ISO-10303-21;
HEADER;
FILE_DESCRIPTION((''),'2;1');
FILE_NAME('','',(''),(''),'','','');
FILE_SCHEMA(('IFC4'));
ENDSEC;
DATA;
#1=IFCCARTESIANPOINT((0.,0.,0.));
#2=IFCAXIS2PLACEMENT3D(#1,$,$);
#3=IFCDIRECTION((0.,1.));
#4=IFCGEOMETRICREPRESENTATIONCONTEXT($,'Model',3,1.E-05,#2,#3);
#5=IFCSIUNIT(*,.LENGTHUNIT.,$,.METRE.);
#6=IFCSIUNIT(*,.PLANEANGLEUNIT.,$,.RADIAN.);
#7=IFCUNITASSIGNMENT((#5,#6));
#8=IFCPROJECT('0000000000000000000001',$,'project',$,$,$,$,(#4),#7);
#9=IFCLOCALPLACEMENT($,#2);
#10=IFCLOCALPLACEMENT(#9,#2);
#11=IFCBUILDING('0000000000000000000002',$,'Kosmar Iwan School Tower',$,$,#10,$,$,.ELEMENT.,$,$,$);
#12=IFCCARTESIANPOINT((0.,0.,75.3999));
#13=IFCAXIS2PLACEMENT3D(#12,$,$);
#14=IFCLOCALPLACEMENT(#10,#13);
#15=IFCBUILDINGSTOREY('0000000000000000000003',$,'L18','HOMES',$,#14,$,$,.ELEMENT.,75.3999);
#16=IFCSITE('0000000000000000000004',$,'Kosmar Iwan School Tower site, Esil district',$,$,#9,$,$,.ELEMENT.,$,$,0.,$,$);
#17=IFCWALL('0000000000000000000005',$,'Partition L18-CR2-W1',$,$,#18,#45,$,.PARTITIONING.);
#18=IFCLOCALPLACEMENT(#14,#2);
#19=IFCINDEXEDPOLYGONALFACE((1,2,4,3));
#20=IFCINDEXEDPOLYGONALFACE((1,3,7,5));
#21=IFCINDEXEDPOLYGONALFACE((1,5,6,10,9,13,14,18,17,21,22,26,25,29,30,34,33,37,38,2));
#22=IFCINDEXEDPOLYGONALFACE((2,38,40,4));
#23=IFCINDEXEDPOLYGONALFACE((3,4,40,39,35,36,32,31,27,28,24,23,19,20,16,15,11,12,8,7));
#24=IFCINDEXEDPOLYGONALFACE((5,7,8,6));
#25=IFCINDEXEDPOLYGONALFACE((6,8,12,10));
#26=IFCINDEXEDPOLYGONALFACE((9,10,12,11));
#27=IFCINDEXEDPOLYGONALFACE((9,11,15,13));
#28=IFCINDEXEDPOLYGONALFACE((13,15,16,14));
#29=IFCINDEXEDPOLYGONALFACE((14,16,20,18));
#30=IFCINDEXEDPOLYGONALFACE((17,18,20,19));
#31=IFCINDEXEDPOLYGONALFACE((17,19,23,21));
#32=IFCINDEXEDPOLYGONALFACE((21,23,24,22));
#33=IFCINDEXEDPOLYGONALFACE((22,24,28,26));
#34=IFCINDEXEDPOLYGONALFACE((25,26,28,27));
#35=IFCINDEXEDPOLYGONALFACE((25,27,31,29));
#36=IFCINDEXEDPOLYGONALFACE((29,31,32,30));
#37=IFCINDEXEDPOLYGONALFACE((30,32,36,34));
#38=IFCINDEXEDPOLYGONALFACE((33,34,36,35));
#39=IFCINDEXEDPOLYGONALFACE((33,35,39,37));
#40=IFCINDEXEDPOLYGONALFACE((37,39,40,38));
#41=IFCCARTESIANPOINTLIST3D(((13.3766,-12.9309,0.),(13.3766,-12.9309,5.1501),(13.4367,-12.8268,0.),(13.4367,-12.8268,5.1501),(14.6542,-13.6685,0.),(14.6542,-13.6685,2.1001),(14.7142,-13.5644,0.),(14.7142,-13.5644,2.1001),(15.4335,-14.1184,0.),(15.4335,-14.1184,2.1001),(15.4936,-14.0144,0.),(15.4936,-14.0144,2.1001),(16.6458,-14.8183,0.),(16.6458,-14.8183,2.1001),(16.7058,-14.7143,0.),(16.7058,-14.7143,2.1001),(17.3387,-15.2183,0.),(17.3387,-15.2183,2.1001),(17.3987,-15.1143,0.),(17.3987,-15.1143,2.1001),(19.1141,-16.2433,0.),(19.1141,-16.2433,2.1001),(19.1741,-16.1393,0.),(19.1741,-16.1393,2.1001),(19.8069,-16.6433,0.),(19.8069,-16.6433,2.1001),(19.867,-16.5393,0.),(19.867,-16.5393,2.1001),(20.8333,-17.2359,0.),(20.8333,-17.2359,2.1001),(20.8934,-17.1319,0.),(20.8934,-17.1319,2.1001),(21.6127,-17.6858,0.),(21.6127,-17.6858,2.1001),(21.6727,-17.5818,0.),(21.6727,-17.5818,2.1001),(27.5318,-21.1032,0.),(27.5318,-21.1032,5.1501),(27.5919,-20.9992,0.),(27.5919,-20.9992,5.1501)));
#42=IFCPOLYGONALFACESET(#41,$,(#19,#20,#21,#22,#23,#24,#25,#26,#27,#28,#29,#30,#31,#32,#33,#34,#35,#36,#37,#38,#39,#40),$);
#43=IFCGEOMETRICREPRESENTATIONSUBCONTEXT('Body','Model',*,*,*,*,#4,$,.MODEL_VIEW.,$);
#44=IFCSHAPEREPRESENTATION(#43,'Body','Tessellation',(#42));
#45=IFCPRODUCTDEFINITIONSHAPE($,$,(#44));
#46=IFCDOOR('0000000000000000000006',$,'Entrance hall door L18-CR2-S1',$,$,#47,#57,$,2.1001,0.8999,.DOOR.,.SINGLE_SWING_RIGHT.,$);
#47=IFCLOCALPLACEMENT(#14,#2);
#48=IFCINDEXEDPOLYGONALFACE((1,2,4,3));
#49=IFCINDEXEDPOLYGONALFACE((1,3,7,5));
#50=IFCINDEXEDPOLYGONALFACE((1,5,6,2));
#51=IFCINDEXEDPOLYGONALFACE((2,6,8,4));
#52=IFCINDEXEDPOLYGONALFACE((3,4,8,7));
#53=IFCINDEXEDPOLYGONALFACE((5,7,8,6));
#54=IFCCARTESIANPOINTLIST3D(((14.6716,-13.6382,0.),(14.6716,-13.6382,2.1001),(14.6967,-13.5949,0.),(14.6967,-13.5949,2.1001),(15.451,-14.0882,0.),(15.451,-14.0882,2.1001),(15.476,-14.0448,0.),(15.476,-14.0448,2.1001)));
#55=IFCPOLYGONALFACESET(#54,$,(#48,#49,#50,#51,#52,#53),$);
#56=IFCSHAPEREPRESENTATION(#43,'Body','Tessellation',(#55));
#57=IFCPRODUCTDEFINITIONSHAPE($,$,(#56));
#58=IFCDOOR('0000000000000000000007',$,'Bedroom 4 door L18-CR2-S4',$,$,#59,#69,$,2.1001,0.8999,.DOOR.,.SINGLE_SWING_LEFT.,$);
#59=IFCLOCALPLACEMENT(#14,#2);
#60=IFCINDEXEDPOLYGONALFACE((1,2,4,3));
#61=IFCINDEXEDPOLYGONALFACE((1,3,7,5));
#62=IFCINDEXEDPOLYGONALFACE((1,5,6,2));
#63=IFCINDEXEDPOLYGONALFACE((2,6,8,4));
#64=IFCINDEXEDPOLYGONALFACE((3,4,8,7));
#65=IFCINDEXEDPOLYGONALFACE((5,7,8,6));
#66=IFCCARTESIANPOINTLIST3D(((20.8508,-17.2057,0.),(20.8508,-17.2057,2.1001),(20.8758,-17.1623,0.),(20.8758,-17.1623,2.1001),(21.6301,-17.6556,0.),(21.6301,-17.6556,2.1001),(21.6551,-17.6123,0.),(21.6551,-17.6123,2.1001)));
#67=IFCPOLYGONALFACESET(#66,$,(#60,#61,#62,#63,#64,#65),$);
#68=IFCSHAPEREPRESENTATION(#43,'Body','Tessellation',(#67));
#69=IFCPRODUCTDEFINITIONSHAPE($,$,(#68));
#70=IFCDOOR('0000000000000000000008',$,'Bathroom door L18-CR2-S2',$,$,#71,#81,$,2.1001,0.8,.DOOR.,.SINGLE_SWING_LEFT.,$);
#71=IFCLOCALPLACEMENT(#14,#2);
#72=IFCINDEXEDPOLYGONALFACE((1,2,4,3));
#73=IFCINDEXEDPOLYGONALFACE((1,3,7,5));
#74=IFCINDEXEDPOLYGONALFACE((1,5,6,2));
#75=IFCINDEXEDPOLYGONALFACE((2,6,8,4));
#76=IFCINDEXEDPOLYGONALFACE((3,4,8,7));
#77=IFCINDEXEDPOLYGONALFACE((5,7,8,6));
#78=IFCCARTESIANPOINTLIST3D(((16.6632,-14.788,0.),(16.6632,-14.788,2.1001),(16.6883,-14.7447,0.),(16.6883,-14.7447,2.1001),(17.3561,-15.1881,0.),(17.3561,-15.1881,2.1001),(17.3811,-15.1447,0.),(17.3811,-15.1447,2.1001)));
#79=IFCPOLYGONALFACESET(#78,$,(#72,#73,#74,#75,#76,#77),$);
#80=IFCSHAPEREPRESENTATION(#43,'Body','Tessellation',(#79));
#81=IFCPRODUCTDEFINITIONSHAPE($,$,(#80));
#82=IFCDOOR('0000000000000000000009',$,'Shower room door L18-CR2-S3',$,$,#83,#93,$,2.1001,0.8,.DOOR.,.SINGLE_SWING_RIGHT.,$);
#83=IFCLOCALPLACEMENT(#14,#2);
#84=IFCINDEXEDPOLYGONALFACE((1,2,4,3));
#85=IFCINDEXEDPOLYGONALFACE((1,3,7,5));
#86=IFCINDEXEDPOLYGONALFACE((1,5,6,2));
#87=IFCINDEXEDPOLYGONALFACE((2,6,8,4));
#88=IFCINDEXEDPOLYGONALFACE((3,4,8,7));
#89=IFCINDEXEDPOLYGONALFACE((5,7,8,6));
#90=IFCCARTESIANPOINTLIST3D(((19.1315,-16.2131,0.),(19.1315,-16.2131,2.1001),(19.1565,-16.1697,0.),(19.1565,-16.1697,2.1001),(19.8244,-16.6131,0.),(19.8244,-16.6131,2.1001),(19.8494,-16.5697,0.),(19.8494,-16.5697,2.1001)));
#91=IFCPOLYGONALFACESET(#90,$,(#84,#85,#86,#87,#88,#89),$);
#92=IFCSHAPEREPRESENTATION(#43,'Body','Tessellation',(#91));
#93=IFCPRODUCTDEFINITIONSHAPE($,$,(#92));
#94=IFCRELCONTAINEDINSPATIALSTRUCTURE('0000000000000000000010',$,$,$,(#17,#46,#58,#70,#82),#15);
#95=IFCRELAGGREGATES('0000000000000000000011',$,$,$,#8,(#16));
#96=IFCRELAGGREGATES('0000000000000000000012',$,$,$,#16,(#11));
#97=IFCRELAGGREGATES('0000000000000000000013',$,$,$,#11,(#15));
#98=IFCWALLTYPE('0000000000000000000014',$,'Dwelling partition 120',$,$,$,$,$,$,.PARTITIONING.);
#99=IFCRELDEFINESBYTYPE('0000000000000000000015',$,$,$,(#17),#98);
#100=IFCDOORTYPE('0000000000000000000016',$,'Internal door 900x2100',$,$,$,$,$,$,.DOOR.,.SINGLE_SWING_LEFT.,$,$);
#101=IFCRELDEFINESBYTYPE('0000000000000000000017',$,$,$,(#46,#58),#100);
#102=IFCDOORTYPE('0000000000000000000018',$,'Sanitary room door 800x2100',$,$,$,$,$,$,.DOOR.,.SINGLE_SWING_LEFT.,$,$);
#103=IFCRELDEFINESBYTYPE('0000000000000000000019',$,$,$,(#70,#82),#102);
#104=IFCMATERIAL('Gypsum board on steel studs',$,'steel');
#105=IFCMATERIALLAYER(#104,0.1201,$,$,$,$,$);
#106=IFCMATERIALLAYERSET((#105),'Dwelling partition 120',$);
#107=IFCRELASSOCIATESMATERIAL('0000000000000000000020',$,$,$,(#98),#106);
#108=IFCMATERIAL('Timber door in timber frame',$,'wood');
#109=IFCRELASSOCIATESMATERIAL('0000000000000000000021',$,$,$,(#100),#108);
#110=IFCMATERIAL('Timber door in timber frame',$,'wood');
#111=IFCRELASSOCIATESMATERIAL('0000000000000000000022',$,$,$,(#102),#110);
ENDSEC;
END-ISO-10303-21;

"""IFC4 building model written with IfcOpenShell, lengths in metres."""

from ifc_helpers import new_model, si_unit, direction, frame, frame_2d, origin, place, context, subcontext, project, spatial, rectangle, extrude, material, layer, layer_set, type_object, element, fill, save


model = new_model("IFC4")

# Units and contexts
model_context = context("Model", 3, precision=1e-05, world=origin(), true_north=direction((0.0, 1.0)))
body_context = subcontext(model_context, "Body", "Model", "MODEL_VIEW")
ifc_project = project(units=[si_unit("LENGTHUNIT", "METRE"), si_unit("PLANEANGLEUNIT", "RADIAN")], contexts=[model_context])

# Site, building, storey
site_placement = place(None, origin())
site = spatial("IfcSite", under=ifc_project, at=site_placement, Name="Kosmar Iwan School Tower site, Esil district", CompositionType="ELEMENT", RefElevation=0.0)
building_placement = place(site_placement, origin())
building = spatial("IfcBuilding", under=site, at=building_placement, Name="Kosmar Iwan School Tower", CompositionType="ELEMENT")
storey_placement = place(building_placement, frame((0.0, 0.0, 75.3999)))
storey = spatial("IfcBuildingStorey", under=building, at=storey_placement, Name="L18", Description="HOMES", CompositionType="ELEMENT", Elevation=75.3999)

# Shared definitions
ifc_material_1 = material(Name="Gypsum board on steel studs", Category="steel")
ifc_layer_1 = layer(ifc_material_1, 0.1201)
ifc_layer_set_1 = layer_set([ifc_layer_1], Name="Dwelling partition 120")
wall_type_1 = type_object("IfcWallType", Name="Dwelling partition 120", PredefinedType="PARTITIONING", material=ifc_layer_set_1)

# Wall, openings, doors
wall_1_placement = place(storey_placement, frame((13.4067, -12.8789, 0.0), z_axis=(0.0, 0.0, 1.0), x_axis=(0.86603, -0.499991, 0.0)))
wall_1 = element("IfcWall", 1, at=wall_1_placement, inside=storey, type_object=wall_type_1, Name="Partition L18-CR2-W1", PredefinedType="PARTITIONING", context=body_context, shape_type="SweptSolid", body=[
    extrude(rectangle(XDim=16.345, YDim=0.1201, at=frame_2d((8.1724, 0.0))), origin(), (0.0, 0.0, 1.0), 5.1501),
])
opening_1_placement = place(wall_1_placement, frame((1.4751, 0.0, 0.0)))
opening_1 = element("IfcOpeningElement", 2, at=opening_1_placement, cuts=wall_1, PredefinedType="OPENING", context=body_context, shape_type="SweptSolid", body=[
    extrude(rectangle(XDim=0.8999, YDim=2.1001, at=frame_2d((0.45, 1.05))), frame((0.0, 0.072, 0.0), z_axis=(0.0, -1.0, 0.0), x_axis=(1.0, 0.0, 0.0)), (0.0, 0.0, 1.0), 0.144),
])
opening_2_placement = place(wall_1_placement, frame((3.7749, 0.0, 0.0)))
opening_2 = element("IfcOpeningElement", 3, at=opening_2_placement, cuts=wall_1, PredefinedType="OPENING", context=body_context, shape_type="SweptSolid", body=[
    extrude(rectangle(XDim=0.8, YDim=2.1001, at=frame_2d((0.3999, 1.05))), frame((0.0, 0.072, 0.0), z_axis=(0.0, -1.0, 0.0), x_axis=(1.0, 0.0, 0.0)), (0.0, 0.0, 1.0), 0.144),
])
opening_3_placement = place(wall_1_placement, frame((6.625, 0.0, 0.0)))
opening_3 = element("IfcOpeningElement", 4, at=opening_3_placement, cuts=wall_1, PredefinedType="OPENING", context=body_context, shape_type="SweptSolid", body=[
    extrude(rectangle(XDim=0.8, YDim=2.1001, at=frame_2d((0.3999, 1.05))), frame((0.0, 0.072, 0.0), z_axis=(0.0, -1.0, 0.0), x_axis=(1.0, 0.0, 0.0)), (0.0, 0.0, 1.0), 0.144),
])
opening_4_placement = place(wall_1_placement, frame((8.6101, 0.0, 0.0)))
opening_4 = element("IfcOpeningElement", 5, at=opening_4_placement, cuts=wall_1, PredefinedType="OPENING", context=body_context, shape_type="SweptSolid", body=[
    extrude(rectangle(XDim=0.8999, YDim=2.1001, at=frame_2d((0.45, 1.05))), frame((0.0, 0.072, 0.0), z_axis=(0.0, -1.0, 0.0), x_axis=(1.0, 0.0, 0.0)), (0.0, 0.0, 1.0), 0.144),
])
ifc_material_2 = material(Name="Timber door in timber frame", Category="wood")
door_type_1 = type_object("IfcDoorType", Name="Internal door 900x2100", OperationType="SINGLE_SWING_LEFT", PredefinedType="DOOR", material=ifc_material_2)
door_1_placement = place(opening_1_placement, origin())
door_1 = element("IfcDoor", 6, at=door_1_placement, inside=storey, type_object=door_type_1, Name="Entrance hall door L18-CR2-S1", OperationType="SINGLE_SWING_RIGHT", OverallHeight=2.1001, OverallWidth=0.8999, PredefinedType="DOOR", context=body_context, shape_type="SweptSolid", body=[
    extrude(rectangle(XDim=0.8999, YDim=2.1001, at=frame_2d((0.45, 1.05))), frame((0.0, 0.0249, 0.0), z_axis=(0.0, -1.0, 0.0), x_axis=(1.0, 0.0, 0.0)), (0.0, 0.0, 1.0), 0.05),
])
fill(opening_1, door_1)
door_2_placement = place(opening_4_placement, origin())
door_2 = element("IfcDoor", 7, at=door_2_placement, inside=storey, type_object=door_type_1, Name="Bedroom 4 door L18-CR2-S4", OperationType="SINGLE_SWING_LEFT", OverallHeight=2.1001, OverallWidth=0.8999, PredefinedType="DOOR", context=body_context, shape_type="SweptSolid", body=[
    extrude(rectangle(XDim=0.8999, YDim=2.1001, at=frame_2d((0.45, 1.05))), frame((0.0, 0.0249, 0.0), z_axis=(0.0, -1.0, 0.0), x_axis=(1.0, 0.0, 0.0)), (0.0, 0.0, 1.0), 0.05),
])
fill(opening_4, door_2)
ifc_material_3 = material(Name="Timber door in timber frame", Category="wood")
door_type_2 = type_object("IfcDoorType", Name="Sanitary room door 800x2100", OperationType="SINGLE_SWING_LEFT", PredefinedType="DOOR", material=ifc_material_3)
door_3_placement = place(opening_2_placement, origin())
door_3 = element("IfcDoor", 8, at=door_3_placement, inside=storey, type_object=door_type_2, Name="Bathroom door L18-CR2-S2", OperationType="SINGLE_SWING_LEFT", OverallHeight=2.1001, OverallWidth=0.8, PredefinedType="DOOR", context=body_context, shape_type="SweptSolid", body=[
    extrude(rectangle(XDim=0.8, YDim=2.1001, at=frame_2d((0.3999, 1.05))), frame((0.0, 0.0249, 0.0), z_axis=(0.0, -1.0, 0.0), x_axis=(1.0, 0.0, 0.0)), (0.0, 0.0, 1.0), 0.05),
])
fill(opening_2, door_3)
door_4_placement = place(opening_3_placement, origin())
door_4 = element("IfcDoor", 9, at=door_4_placement, inside=storey, type_object=door_type_2, Name="Shower room door L18-CR2-S3", OperationType="SINGLE_SWING_RIGHT", OverallHeight=2.1001, OverallWidth=0.8, PredefinedType="DOOR", context=body_context, shape_type="SweptSolid", body=[
    extrude(rectangle(XDim=0.8, YDim=2.1001, at=frame_2d((0.3999, 1.05))), frame((0.0, 0.0249, 0.0), z_axis=(0.0, -1.0, 0.0), x_axis=(1.0, 0.0, 0.0)), (0.0, 0.0, 1.0), 0.05),
])
fill(opening_3, door_4)

save(model, "model.ifc")
